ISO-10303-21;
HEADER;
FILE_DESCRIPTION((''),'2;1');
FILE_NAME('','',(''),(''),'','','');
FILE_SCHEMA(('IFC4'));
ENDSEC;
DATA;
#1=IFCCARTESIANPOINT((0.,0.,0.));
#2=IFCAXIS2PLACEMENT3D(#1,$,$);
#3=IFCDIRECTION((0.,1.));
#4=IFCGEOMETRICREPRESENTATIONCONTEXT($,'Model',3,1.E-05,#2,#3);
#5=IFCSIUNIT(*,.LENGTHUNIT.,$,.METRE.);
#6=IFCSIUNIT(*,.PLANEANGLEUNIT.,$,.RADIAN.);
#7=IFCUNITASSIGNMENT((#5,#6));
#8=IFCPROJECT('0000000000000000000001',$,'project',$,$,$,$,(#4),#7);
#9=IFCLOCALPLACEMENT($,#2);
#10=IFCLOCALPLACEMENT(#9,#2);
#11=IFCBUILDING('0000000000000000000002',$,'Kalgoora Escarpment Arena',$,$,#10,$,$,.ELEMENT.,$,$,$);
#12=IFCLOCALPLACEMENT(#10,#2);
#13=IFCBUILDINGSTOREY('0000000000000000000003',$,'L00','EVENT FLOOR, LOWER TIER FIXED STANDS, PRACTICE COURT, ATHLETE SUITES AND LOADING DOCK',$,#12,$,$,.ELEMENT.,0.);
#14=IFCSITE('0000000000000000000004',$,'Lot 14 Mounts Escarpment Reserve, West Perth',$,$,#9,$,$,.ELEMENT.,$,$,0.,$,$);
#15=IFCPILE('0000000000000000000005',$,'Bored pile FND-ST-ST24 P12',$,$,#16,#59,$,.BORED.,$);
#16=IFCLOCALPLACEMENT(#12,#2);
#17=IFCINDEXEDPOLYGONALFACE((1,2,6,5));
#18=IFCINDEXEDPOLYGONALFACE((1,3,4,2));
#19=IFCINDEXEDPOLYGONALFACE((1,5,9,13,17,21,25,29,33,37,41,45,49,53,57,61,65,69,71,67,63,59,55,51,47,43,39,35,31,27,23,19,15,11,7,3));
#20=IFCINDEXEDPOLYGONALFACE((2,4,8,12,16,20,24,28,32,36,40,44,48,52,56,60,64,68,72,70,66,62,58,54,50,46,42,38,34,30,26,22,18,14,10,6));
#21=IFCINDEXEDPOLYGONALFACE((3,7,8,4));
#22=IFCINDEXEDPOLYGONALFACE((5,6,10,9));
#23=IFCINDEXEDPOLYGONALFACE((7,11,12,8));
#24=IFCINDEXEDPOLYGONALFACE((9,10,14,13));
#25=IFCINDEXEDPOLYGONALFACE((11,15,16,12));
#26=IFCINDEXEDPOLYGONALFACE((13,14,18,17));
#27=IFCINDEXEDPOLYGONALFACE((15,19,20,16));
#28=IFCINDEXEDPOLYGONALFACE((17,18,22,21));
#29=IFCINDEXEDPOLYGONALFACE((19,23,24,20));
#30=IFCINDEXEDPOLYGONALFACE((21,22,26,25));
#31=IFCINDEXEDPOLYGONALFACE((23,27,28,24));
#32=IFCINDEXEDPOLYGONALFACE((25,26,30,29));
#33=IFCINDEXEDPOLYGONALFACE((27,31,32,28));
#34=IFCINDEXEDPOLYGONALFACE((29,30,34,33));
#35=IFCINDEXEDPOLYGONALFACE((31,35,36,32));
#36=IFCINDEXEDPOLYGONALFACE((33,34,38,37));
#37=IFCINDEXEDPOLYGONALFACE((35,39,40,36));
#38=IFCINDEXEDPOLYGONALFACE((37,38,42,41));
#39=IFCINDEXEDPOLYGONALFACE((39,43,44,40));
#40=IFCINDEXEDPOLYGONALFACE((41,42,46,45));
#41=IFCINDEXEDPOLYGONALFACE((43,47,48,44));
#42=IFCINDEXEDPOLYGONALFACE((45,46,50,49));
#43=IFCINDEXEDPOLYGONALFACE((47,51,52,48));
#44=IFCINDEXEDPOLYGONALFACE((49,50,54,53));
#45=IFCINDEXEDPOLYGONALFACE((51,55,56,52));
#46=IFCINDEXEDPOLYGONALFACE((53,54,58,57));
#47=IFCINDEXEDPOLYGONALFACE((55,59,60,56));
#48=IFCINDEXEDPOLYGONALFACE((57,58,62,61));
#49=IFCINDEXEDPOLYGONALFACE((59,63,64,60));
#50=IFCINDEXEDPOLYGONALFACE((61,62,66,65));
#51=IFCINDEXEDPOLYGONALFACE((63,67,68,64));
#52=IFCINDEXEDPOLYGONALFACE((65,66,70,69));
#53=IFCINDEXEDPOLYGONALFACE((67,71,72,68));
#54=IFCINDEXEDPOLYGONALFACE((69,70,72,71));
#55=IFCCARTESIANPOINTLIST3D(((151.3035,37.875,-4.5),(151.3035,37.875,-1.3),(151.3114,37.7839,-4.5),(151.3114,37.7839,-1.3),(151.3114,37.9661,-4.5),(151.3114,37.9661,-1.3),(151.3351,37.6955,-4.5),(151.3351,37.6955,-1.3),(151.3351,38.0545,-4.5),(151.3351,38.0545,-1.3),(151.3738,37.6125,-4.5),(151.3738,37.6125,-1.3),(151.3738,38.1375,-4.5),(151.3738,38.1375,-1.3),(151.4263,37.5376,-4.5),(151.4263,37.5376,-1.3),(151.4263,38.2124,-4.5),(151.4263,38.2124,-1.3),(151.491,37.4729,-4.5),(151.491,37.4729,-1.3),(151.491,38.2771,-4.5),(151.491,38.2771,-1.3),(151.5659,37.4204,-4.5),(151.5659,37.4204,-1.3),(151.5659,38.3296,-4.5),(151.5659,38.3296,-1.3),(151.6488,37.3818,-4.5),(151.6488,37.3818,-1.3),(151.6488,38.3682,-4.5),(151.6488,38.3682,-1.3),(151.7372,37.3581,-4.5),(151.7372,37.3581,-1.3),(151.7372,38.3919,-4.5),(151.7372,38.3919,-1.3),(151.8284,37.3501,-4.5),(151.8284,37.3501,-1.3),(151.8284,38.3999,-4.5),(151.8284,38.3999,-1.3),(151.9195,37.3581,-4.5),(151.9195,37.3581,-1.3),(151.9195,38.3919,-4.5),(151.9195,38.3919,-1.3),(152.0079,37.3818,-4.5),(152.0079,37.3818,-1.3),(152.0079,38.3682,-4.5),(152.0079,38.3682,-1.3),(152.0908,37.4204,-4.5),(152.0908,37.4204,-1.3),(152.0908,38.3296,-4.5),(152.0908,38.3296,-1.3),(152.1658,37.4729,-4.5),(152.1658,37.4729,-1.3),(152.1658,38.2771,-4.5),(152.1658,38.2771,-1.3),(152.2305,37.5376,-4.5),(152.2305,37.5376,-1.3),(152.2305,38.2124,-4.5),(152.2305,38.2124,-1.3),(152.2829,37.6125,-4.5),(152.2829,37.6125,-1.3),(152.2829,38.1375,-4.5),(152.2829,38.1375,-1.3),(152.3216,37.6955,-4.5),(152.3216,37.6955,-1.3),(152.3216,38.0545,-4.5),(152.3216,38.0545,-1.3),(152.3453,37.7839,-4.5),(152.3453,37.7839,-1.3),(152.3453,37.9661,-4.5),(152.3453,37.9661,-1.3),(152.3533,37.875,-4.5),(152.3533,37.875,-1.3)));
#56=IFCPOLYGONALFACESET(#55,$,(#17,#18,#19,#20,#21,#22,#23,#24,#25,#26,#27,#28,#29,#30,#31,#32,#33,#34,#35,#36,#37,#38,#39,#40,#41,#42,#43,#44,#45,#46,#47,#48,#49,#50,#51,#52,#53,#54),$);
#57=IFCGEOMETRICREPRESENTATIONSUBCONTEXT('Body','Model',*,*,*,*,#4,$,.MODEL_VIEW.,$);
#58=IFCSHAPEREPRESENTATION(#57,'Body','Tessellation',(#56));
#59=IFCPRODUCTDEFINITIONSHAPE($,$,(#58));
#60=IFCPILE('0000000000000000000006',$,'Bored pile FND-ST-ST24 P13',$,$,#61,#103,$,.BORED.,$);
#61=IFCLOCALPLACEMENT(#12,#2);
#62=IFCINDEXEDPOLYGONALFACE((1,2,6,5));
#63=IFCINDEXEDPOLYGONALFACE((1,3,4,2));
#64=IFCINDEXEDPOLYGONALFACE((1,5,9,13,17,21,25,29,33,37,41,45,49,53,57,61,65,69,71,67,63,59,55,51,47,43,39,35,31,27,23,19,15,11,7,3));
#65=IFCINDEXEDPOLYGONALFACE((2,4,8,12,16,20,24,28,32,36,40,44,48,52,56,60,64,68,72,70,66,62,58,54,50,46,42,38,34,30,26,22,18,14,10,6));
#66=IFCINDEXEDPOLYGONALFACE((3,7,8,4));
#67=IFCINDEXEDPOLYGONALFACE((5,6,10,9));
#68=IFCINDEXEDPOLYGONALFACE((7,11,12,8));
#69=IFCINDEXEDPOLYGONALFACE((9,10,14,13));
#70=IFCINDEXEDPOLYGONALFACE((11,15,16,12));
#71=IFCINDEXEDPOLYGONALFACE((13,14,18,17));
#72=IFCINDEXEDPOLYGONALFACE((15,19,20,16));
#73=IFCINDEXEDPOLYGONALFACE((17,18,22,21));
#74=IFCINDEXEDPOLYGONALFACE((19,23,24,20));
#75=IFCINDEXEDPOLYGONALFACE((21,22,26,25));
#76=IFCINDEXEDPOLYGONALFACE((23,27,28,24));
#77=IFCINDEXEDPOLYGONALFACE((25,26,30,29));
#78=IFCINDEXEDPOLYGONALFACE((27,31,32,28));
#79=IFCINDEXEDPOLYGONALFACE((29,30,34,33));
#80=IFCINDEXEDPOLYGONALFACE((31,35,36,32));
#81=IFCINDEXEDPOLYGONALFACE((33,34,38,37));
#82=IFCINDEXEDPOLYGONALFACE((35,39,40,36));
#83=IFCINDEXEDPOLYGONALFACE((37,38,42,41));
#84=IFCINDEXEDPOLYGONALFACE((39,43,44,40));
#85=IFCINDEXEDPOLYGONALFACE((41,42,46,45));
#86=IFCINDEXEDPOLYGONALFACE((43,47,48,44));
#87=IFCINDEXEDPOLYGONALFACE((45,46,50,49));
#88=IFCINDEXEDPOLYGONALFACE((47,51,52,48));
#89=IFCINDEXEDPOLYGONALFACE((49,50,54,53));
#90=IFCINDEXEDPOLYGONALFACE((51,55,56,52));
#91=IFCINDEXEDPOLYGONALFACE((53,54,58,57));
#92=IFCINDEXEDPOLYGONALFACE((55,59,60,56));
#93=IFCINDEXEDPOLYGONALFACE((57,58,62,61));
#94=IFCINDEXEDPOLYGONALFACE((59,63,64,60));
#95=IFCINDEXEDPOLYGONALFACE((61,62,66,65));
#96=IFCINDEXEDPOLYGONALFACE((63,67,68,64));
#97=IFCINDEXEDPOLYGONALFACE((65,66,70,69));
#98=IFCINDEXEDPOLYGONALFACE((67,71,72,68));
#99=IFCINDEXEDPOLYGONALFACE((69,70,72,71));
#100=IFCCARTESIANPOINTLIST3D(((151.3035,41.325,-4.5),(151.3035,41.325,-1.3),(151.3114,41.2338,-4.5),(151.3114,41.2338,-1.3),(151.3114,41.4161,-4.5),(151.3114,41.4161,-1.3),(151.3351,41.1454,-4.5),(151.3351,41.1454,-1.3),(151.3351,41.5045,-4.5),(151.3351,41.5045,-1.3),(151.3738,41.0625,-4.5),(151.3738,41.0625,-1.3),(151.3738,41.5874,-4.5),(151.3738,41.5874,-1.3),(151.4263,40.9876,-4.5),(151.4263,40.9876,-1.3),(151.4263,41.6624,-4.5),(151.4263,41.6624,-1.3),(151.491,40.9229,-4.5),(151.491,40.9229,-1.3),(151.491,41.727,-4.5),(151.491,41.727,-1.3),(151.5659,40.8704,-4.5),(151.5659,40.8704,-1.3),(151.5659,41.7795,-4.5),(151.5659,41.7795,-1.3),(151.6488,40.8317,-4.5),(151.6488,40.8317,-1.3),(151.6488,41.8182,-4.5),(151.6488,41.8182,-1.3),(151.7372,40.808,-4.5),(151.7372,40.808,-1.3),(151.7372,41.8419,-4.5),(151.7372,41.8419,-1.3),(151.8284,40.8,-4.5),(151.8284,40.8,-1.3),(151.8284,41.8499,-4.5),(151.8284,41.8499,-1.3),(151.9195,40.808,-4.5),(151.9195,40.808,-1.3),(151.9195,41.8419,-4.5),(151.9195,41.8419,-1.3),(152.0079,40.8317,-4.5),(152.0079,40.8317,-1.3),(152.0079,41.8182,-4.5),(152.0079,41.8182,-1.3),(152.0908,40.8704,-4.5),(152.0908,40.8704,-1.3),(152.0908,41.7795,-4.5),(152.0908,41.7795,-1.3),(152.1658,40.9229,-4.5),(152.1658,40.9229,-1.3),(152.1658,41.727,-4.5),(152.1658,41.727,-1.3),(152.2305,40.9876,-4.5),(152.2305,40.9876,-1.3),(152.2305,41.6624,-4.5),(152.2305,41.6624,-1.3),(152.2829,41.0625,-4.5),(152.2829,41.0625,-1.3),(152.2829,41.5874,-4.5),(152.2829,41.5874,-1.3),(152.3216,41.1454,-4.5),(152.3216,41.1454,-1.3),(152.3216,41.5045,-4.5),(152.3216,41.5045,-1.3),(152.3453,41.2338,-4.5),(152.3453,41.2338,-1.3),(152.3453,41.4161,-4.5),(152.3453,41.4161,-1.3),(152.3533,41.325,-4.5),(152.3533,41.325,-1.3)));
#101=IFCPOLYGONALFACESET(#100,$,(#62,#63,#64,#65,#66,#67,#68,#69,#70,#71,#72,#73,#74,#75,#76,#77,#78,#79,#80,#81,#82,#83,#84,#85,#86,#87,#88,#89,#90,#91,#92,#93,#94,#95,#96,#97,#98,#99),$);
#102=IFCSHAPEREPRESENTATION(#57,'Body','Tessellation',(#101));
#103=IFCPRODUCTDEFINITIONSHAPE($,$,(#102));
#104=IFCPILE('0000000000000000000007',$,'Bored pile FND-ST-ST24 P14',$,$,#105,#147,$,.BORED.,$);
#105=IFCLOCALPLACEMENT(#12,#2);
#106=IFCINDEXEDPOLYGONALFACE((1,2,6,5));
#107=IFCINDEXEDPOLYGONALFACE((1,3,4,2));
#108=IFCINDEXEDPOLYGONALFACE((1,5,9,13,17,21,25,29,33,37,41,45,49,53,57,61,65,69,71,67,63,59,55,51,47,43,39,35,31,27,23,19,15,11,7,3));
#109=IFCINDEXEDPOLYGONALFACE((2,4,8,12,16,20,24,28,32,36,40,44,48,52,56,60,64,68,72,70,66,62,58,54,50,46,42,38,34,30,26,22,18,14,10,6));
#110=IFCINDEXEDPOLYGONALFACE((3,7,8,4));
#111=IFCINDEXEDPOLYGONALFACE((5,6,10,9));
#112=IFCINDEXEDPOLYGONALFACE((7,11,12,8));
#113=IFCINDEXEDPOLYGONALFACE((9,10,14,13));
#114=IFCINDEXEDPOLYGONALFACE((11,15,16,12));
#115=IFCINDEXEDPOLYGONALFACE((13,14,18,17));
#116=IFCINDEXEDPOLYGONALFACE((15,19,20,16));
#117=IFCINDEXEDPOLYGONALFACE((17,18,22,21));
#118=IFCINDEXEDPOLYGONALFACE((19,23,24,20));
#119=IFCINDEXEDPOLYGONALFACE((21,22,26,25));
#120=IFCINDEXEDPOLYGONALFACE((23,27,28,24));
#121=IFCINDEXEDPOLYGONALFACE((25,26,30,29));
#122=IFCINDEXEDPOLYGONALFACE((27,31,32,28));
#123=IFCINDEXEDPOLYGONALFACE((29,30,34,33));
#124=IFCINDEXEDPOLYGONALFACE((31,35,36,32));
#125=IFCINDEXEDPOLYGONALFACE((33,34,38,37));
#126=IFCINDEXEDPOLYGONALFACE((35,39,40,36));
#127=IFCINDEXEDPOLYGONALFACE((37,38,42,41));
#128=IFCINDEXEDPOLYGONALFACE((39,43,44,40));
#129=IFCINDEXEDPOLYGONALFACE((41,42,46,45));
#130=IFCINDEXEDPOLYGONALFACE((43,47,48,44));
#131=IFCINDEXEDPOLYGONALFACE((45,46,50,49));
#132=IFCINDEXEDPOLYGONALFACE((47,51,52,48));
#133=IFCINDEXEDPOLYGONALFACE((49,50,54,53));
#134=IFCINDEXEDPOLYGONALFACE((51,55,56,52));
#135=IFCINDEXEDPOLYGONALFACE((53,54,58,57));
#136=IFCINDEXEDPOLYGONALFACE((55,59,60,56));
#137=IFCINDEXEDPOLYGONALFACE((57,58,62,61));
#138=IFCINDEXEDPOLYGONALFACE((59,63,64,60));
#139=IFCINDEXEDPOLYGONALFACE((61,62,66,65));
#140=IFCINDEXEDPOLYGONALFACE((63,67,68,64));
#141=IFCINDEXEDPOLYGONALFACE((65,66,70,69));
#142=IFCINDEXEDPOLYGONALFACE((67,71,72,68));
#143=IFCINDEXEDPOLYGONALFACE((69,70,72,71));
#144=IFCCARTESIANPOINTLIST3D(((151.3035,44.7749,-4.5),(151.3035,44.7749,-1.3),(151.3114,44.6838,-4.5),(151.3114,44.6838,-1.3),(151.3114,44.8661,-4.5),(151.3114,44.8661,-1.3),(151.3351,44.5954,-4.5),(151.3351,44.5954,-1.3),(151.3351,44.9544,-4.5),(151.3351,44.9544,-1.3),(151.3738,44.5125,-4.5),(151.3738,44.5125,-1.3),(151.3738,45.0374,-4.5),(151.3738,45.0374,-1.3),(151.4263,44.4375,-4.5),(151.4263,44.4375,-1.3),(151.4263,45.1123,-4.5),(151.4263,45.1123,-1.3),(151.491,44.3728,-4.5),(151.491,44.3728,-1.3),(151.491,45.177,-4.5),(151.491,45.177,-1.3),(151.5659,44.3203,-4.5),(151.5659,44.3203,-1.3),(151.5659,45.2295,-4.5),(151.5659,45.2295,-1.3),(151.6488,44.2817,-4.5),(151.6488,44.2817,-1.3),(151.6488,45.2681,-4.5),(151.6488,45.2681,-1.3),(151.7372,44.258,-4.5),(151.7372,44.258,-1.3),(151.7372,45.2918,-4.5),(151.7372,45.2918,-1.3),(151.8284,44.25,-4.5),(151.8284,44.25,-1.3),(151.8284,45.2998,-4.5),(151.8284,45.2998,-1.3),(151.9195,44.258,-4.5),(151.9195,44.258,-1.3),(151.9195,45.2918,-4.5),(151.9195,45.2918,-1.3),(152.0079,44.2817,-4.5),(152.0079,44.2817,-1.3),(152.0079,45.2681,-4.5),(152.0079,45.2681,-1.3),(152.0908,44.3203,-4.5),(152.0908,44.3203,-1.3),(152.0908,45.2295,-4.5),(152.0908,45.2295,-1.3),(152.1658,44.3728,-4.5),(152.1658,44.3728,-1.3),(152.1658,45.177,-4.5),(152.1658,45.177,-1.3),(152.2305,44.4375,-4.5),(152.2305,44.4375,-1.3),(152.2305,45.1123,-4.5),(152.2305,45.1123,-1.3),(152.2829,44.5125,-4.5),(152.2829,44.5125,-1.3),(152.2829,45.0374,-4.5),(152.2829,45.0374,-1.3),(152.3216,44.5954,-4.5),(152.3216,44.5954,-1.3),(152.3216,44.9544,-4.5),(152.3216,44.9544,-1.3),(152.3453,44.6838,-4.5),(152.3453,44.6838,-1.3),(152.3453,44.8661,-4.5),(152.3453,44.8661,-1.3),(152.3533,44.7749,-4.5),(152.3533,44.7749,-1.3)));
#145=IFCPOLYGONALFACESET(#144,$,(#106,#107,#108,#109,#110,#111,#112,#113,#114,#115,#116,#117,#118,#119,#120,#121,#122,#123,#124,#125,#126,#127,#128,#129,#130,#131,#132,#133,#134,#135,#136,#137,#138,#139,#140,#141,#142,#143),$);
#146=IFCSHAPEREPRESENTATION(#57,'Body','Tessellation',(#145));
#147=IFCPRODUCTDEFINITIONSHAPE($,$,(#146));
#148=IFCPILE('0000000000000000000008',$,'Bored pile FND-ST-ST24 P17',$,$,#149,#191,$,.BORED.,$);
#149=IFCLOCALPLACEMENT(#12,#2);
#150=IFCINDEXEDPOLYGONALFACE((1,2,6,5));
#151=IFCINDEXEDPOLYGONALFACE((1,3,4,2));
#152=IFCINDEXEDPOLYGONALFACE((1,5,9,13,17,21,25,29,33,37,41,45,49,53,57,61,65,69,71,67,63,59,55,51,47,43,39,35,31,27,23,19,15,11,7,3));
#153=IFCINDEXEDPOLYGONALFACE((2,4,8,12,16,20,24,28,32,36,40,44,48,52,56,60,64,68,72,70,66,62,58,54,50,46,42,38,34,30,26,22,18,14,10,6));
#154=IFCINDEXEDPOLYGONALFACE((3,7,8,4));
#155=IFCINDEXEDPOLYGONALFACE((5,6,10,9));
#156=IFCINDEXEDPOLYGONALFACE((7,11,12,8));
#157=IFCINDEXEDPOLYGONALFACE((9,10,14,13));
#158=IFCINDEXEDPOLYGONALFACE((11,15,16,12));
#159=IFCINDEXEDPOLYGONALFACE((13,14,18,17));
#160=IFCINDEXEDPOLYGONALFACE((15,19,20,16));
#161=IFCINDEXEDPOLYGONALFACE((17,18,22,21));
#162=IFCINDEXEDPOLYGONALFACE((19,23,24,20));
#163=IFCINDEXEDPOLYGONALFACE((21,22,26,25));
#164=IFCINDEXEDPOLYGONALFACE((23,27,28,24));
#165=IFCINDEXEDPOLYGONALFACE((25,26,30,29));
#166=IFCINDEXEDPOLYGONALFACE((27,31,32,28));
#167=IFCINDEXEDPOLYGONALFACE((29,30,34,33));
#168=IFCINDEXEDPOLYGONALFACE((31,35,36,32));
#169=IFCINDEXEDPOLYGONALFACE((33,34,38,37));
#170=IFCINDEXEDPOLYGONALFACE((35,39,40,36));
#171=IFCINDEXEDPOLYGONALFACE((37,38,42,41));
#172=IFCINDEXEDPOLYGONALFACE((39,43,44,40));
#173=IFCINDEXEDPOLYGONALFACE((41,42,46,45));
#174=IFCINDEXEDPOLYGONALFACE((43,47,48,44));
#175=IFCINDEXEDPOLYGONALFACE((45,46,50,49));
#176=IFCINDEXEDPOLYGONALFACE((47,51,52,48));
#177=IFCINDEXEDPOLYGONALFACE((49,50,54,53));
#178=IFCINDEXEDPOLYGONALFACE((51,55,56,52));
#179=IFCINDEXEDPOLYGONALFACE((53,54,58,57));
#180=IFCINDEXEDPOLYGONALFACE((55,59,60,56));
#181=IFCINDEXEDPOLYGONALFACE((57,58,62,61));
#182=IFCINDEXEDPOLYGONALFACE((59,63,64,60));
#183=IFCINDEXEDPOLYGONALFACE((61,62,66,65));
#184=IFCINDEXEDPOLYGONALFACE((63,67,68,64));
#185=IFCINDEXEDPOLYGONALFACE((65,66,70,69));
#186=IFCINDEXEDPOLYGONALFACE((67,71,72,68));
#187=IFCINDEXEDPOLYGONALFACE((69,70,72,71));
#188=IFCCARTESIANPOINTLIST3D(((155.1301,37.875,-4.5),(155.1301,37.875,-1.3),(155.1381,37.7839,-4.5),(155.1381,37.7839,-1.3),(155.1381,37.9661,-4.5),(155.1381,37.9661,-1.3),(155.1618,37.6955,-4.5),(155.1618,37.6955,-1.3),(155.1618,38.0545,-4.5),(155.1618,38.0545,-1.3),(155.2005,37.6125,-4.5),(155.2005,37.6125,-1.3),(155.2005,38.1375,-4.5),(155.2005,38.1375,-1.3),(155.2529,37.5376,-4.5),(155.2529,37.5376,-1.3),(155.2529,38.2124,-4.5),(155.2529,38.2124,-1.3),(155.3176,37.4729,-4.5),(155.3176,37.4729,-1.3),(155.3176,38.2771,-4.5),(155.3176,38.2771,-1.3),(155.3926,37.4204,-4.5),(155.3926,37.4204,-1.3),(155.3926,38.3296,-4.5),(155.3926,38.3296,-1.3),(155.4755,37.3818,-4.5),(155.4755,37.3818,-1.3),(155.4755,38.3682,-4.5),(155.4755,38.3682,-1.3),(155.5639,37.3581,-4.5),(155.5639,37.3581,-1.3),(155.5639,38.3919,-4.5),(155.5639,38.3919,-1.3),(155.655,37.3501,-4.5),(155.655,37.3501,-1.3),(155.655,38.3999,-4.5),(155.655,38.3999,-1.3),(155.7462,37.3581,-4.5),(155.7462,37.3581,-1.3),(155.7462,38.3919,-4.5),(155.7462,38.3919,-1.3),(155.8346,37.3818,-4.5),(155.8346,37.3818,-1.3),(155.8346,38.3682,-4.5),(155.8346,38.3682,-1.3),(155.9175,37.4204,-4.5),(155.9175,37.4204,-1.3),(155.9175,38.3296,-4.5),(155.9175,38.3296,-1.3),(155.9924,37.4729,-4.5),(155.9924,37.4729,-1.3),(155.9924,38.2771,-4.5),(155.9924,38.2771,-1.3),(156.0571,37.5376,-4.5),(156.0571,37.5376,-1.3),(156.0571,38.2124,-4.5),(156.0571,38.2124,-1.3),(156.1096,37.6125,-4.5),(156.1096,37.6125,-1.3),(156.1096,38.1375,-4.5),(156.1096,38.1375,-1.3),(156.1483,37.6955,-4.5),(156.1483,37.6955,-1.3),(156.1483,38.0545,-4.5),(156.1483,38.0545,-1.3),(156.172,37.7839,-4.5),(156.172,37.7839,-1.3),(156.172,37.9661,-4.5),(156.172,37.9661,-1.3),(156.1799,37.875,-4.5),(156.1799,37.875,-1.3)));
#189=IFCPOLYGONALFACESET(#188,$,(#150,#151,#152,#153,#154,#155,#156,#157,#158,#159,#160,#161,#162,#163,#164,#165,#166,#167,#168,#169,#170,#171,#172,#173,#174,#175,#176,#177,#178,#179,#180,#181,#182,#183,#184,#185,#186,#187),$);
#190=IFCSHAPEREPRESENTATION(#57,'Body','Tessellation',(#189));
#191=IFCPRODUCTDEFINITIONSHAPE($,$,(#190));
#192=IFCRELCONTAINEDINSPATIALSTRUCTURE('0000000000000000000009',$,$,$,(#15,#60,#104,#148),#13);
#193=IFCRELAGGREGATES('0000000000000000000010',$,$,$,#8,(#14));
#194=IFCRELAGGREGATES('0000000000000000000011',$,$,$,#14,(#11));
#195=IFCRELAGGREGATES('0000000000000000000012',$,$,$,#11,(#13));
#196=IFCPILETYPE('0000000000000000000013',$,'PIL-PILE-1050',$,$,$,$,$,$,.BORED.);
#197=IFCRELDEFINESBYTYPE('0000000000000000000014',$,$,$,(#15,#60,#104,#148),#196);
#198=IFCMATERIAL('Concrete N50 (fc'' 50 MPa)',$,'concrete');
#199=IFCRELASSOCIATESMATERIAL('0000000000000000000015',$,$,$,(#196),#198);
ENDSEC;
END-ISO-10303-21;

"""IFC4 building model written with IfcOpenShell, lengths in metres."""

from ifc_helpers import new_model, si_unit, direction, frame, origin, origin_2d, place, context, subcontext, project, spatial, circle, extrude, material, material_profile, profile_set, type_object, element, save


model = new_model("IFC4")

# Units and contexts
model_context = context("Model", 3, precision=1e-05, world=origin(), true_north=direction((0.0, 1.0)))
body_context = subcontext(model_context, "Body", "Model", "MODEL_VIEW")
ifc_project = project(units=[si_unit("LENGTHUNIT", "METRE"), si_unit("PLANEANGLEUNIT", "RADIAN")], contexts=[model_context])

# Site, building, storey
site_placement = place(None, origin())
site = spatial("IfcSite", under=ifc_project, at=site_placement, Name="Lot 14 Mounts Escarpment Reserve, West Perth", CompositionType="ELEMENT", RefElevation=0.0)
building_placement = place(site_placement, origin())
building = spatial("IfcBuilding", under=site, at=building_placement, Name="Kalgoora Escarpment Arena", CompositionType="ELEMENT")
storey_placement = place(building_placement, origin())
storey = spatial("IfcBuildingStorey", under=building, at=storey_placement, Name="L00", Description="EVENT FLOOR, LOWER TIER FIXED STANDS, PRACTICE COURT, ATHLETE SUITES AND LOADING DOCK", CompositionType="ELEMENT", Elevation=0.0)

# Piles
ifc_material_1 = material(Name="Concrete N50 (fc' 50 MPa)", Category="concrete")
ifc_material_profile_1 = material_profile(ifc_material_1, circle(Radius=0.5249, at=origin_2d()))
ifc_profile_set_1 = profile_set([ifc_material_profile_1], Name="Concrete N50 (fc' 50 MPa)")
pile_type_1 = type_object("IfcPileType", Name="PIL-PILE-1050", PredefinedType="BORED", material=ifc_profile_set_1)
for number, where, z_axis, x_axis, name in (
    (1, (151.8284, 37.875, -1.3), (0.0, 0.0, -1.0), (1.0, 0.0, 0.0), "Bored pile FND-ST-ST24 P12"),
    (2, (151.8284, 41.325, -1.3), (0.0, 0.0, -1.0), (1.0, 0.0, 0.0), "Bored pile FND-ST-ST24 P13"),
    (3, (151.8284, 44.7749, -1.3), (0.0, 0.0, -1.0), (1.0, 0.0, 0.0), "Bored pile FND-ST-ST24 P14"),
    (4, (155.655, 37.875, -1.3), (0.0, 0.0, -1.0), (1.0, 0.0, 0.0), "Bored pile FND-ST-ST24 P17"),
):
    element("IfcPile", number, at=place(storey_placement, frame(where, z_axis=z_axis, x_axis=x_axis)), inside=storey, type_object=pile_type_1, Name=name, PredefinedType="BORED", context=body_context, shape_type="SweptSolid", body=[
        extrude(circle(Radius=0.5249, at=origin_2d()), origin(), (0.0, 0.0, 1.0), 3.2),
    ])

save(model, "model.ifc")
